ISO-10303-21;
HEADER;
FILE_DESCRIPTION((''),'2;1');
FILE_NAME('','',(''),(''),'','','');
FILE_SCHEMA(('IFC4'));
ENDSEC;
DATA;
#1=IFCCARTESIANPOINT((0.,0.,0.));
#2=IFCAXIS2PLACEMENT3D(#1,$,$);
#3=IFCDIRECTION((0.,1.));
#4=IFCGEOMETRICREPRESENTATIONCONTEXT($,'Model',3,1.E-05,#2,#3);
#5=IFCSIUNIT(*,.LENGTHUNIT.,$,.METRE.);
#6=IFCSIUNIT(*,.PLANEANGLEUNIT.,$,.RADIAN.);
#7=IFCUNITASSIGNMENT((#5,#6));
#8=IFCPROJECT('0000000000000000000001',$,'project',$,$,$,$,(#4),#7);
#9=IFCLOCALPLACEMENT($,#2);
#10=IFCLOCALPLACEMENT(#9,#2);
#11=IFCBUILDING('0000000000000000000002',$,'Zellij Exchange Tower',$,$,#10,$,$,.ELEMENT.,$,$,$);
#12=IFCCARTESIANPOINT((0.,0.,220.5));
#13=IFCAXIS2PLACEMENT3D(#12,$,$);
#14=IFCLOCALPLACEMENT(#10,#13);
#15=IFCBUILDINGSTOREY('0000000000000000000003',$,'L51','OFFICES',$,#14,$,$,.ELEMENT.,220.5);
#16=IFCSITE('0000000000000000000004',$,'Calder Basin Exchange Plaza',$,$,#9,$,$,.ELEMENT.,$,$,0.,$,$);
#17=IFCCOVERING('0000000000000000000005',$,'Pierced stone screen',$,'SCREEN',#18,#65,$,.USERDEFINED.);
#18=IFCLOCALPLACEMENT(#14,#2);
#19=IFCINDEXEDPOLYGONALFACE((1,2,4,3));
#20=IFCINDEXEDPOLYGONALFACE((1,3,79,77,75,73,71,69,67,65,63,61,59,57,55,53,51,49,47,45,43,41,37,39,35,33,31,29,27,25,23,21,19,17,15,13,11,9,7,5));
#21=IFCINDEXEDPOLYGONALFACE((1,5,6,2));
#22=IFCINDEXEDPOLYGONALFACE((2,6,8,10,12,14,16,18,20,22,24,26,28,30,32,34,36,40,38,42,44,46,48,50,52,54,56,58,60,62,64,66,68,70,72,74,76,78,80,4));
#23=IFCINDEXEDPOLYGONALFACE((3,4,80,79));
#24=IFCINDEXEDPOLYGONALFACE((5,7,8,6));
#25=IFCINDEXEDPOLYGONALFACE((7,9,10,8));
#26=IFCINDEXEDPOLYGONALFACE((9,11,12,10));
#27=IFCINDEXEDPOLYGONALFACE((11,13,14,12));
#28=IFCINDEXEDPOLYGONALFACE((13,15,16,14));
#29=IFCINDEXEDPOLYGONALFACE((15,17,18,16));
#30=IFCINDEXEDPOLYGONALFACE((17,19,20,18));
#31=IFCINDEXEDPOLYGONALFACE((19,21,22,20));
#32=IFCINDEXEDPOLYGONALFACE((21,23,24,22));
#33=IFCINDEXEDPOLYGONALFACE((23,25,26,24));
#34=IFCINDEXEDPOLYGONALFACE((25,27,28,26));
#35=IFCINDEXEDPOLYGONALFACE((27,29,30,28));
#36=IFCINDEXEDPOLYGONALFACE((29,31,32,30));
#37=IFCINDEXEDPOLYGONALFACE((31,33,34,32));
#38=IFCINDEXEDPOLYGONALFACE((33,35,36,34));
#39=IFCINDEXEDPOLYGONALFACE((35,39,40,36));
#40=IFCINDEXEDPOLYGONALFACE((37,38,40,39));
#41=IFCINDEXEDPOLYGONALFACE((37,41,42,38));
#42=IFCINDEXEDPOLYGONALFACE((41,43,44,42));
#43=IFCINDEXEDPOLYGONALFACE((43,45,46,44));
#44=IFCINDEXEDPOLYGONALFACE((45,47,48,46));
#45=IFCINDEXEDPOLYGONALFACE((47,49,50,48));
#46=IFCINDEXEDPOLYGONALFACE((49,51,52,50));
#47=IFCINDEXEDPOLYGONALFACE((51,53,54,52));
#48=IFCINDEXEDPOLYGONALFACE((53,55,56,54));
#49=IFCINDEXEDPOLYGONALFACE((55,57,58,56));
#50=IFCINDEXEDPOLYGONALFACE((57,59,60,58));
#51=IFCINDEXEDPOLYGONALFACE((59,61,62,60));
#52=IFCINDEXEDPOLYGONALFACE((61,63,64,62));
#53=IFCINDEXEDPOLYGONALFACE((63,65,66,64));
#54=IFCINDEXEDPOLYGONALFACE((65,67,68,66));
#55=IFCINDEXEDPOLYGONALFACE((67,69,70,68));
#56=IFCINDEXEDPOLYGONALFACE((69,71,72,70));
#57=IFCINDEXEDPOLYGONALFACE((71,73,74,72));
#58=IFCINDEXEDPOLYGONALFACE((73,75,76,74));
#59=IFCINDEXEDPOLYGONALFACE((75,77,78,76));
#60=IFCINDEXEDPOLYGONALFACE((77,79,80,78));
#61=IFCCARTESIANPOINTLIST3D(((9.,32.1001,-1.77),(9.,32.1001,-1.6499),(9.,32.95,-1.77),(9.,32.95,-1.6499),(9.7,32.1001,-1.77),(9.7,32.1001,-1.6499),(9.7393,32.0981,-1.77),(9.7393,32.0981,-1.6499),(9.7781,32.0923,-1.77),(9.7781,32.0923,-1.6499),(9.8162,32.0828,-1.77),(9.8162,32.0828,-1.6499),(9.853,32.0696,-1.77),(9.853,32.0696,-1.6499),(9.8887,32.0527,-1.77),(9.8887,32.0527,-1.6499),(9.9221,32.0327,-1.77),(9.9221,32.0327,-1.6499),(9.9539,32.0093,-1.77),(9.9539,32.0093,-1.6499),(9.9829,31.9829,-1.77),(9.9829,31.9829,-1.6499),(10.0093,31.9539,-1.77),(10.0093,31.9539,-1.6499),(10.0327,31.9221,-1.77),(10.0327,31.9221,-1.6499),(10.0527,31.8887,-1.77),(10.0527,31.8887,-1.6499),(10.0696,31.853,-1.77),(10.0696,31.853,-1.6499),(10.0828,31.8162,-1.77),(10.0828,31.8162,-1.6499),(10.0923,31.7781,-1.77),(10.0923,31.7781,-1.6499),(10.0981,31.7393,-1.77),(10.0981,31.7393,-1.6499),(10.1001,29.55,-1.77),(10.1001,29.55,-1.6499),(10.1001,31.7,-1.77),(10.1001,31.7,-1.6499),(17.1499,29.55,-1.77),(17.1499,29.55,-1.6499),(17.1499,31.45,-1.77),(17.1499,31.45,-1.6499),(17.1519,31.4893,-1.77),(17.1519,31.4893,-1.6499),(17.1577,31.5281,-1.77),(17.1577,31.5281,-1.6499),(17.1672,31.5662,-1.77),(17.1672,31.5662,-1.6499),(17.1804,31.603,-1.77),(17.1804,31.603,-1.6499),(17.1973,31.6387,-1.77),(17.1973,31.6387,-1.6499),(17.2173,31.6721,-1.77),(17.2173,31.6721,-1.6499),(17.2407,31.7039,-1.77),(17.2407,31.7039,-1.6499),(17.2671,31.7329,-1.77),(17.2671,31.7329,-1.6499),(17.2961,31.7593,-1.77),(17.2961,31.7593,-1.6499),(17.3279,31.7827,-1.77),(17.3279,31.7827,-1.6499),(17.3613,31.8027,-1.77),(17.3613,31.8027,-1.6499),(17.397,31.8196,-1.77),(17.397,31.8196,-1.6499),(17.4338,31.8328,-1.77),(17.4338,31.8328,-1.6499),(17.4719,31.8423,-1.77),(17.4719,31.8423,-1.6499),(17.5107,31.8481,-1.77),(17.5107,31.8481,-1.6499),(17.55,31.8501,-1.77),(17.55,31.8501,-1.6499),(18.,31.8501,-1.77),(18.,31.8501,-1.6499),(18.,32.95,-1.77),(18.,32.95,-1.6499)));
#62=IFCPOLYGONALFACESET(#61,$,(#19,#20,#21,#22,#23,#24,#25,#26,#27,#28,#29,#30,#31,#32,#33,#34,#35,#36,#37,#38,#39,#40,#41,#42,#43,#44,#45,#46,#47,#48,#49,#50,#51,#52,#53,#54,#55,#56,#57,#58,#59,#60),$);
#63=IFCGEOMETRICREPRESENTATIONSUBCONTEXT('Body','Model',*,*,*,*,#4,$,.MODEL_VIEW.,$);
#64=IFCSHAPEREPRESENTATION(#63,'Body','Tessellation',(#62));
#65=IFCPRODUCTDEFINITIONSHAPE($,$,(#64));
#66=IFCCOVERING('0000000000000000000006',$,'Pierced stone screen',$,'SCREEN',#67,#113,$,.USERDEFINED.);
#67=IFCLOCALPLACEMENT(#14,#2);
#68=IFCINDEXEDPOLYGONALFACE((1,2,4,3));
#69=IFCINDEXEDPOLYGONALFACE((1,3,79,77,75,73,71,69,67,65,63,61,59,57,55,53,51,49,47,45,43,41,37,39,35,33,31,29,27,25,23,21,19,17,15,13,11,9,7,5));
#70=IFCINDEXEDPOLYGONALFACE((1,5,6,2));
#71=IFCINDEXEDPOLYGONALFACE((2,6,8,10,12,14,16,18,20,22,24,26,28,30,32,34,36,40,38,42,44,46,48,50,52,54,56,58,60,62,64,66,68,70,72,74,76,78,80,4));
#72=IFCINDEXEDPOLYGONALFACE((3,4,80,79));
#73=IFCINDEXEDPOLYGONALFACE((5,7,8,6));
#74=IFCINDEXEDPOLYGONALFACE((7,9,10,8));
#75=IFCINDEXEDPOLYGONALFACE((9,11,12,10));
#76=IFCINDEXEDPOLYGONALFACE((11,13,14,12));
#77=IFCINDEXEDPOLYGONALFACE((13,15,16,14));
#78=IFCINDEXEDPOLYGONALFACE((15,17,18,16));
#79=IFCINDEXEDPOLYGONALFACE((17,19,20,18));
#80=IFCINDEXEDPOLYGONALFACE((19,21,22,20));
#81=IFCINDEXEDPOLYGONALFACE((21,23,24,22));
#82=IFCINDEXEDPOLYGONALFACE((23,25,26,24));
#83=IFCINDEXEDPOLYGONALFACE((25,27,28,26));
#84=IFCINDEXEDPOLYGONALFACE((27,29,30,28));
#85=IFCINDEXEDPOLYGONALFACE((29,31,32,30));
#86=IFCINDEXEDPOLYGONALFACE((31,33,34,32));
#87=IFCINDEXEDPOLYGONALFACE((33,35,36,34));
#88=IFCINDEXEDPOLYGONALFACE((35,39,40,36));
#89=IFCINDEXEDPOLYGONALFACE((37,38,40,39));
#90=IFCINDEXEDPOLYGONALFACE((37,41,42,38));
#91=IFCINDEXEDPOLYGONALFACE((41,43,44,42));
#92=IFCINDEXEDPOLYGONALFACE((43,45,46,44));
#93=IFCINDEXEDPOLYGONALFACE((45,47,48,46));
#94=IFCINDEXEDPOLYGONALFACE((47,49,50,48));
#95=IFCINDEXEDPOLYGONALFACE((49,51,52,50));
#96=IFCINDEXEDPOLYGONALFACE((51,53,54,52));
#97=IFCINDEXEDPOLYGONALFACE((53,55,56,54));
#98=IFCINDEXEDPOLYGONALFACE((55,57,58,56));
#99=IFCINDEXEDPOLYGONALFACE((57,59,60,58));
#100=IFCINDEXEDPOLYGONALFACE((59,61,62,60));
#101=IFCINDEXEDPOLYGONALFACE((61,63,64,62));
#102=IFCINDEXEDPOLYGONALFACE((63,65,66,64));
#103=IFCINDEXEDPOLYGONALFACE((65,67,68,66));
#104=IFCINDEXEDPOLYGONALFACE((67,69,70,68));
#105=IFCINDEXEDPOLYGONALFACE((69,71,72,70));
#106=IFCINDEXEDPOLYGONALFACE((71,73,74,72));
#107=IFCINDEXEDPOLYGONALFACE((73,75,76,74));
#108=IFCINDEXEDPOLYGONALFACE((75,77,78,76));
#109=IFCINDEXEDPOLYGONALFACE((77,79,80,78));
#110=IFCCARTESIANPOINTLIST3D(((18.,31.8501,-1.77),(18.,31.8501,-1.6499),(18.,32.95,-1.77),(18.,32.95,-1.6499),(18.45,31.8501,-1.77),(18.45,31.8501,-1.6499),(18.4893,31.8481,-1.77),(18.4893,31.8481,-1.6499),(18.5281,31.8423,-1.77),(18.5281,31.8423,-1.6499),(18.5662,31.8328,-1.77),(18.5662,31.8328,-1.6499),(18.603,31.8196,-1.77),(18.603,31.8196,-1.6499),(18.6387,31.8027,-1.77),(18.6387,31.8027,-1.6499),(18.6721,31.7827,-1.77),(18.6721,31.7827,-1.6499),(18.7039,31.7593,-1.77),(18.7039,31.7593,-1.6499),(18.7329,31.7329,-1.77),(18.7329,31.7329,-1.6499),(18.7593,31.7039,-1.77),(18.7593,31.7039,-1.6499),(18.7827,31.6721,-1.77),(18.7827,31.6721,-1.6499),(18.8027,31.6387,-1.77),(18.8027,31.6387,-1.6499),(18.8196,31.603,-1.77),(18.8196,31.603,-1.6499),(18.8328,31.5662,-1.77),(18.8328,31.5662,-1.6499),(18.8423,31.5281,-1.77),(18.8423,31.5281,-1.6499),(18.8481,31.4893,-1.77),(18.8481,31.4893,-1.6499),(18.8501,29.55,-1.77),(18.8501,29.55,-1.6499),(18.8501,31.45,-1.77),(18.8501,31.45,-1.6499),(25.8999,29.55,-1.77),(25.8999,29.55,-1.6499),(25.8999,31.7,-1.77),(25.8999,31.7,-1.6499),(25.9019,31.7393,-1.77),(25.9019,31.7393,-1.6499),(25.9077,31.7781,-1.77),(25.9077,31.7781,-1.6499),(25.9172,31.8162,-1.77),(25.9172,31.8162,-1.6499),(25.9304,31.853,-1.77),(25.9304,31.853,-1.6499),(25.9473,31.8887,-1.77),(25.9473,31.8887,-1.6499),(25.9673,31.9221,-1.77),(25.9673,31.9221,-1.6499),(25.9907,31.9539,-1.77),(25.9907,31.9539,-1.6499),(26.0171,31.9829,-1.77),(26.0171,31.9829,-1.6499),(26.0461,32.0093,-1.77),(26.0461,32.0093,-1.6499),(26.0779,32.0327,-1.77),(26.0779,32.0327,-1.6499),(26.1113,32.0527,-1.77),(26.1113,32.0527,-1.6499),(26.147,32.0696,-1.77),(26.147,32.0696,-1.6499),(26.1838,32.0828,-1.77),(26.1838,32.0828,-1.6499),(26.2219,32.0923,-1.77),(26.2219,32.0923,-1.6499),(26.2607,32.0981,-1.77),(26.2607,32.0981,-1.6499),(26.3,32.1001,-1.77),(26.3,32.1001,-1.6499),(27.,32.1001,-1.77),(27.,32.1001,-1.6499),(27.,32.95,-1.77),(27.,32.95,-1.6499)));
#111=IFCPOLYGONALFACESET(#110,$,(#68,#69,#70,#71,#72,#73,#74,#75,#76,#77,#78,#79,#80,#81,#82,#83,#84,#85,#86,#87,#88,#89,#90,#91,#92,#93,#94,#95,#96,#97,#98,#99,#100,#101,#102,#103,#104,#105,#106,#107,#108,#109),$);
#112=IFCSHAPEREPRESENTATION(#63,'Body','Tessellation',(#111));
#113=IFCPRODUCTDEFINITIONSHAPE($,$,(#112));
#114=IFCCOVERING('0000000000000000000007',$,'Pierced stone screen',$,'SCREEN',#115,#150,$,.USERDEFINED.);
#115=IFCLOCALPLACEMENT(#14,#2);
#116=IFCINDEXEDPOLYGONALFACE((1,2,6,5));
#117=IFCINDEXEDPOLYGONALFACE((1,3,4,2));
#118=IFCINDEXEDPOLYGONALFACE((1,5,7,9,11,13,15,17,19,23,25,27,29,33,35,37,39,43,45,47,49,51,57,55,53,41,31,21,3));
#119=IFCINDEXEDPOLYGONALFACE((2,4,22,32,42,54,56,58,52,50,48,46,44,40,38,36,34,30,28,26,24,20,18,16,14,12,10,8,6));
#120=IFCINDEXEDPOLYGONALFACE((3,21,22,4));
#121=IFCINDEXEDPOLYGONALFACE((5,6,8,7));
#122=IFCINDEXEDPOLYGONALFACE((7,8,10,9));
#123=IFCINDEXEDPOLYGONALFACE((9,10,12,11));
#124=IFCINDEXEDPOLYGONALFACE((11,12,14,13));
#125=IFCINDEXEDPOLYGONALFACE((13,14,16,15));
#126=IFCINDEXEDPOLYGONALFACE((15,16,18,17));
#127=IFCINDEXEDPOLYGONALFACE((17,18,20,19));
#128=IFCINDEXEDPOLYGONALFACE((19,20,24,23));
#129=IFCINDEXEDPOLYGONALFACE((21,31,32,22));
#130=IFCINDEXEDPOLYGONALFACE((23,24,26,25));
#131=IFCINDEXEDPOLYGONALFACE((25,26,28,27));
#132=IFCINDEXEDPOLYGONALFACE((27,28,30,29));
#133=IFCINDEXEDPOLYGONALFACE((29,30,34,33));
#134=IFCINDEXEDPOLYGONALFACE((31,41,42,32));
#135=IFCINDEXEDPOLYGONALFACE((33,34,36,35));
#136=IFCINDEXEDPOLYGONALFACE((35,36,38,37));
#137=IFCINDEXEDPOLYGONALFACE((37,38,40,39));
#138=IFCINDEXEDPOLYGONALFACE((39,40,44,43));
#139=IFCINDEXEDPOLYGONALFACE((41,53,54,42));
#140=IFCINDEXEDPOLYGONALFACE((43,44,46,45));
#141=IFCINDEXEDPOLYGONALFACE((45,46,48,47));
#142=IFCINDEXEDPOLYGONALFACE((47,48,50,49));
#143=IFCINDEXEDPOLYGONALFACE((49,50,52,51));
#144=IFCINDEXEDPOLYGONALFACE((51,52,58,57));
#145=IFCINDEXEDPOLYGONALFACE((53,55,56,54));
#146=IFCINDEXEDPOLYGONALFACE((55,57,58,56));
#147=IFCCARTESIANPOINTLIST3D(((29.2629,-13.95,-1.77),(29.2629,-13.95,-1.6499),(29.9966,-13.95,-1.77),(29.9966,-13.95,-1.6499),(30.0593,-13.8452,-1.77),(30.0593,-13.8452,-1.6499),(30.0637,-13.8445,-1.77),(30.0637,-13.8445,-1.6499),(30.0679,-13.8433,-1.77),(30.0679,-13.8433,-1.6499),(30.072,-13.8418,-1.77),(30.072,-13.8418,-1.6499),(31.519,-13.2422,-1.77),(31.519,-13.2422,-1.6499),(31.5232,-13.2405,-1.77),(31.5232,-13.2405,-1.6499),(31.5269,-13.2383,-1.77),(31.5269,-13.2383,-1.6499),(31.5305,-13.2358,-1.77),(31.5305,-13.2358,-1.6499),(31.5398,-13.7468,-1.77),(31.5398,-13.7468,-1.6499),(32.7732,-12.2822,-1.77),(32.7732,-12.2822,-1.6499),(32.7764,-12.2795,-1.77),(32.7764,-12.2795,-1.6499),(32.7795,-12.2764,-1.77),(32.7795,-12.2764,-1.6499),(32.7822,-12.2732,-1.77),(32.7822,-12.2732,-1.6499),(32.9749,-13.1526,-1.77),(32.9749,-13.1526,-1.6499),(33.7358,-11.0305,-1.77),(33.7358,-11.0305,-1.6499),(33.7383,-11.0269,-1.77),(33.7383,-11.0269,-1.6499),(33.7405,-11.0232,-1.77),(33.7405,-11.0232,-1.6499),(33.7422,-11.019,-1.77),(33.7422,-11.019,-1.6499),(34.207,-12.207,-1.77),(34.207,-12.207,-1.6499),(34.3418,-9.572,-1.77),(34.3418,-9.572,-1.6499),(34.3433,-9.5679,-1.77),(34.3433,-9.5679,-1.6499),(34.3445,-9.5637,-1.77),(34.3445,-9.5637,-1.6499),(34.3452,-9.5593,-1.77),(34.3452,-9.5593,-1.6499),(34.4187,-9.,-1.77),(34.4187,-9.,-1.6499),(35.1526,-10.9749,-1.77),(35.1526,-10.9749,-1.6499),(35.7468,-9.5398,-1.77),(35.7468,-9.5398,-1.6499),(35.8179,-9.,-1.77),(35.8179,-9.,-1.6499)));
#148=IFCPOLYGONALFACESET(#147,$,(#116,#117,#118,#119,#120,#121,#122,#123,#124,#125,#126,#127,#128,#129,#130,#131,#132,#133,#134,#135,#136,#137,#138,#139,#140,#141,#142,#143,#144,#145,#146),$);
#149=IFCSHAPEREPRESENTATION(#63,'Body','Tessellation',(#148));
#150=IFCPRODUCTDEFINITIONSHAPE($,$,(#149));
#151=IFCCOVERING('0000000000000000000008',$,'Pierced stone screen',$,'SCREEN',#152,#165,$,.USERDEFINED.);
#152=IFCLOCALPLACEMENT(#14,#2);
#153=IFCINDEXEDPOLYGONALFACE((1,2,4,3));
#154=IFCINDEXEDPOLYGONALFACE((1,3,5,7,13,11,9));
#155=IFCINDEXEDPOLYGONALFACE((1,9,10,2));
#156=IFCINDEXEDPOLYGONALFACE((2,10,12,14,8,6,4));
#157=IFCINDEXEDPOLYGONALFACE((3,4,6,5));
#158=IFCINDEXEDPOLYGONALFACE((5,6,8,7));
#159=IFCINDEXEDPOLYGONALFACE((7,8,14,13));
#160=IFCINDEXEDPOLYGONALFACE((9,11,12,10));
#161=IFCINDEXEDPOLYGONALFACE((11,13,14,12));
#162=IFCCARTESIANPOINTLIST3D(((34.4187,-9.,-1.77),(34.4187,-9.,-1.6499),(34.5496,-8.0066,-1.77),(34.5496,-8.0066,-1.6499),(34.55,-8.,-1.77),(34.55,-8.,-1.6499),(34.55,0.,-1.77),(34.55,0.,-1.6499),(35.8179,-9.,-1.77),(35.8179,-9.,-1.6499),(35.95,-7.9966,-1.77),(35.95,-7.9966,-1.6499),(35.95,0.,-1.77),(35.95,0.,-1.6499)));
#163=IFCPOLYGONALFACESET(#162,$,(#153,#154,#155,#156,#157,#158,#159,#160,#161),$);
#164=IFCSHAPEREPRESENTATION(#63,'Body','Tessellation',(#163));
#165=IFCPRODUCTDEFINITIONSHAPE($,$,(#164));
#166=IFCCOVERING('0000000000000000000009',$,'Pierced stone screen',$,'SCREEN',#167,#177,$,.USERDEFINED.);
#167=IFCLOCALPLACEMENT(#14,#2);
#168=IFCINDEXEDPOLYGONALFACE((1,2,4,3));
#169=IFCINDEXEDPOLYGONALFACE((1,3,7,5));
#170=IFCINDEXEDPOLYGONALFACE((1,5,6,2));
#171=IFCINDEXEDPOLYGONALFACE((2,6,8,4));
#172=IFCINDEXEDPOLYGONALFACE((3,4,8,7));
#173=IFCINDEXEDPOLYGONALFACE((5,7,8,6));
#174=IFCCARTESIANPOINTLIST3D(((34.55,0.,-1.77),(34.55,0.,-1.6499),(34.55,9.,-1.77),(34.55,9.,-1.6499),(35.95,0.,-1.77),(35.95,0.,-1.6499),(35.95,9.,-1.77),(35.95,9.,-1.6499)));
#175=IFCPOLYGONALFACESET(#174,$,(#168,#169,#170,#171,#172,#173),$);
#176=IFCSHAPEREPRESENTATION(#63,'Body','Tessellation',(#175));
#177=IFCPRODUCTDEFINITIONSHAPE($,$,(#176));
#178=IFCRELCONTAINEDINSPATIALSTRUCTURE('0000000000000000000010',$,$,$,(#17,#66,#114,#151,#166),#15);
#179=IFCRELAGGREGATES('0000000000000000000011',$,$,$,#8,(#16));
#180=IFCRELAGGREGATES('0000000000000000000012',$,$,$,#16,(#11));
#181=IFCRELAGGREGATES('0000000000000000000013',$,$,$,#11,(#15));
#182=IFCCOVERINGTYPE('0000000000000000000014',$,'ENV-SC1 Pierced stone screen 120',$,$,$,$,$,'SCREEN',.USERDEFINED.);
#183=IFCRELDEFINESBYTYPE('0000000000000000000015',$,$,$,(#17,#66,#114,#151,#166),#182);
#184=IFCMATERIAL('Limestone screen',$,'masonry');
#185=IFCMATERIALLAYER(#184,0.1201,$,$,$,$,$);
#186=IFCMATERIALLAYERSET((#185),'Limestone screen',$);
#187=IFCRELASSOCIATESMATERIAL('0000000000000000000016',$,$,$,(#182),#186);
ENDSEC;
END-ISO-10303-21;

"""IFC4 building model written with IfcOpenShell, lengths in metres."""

from ifc_helpers import new_model, si_unit, direction, frame, origin, place, context, subcontext, project, spatial, polyline, outline, extrude, material, layer, layer_set, type_object, element, save


model = new_model("IFC4")

# Units and contexts
model_context = context("Model", 3, precision=1e-05, world=origin(), true_north=direction((0.0, 1.0)))
body_context = subcontext(model_context, "Body", "Model", "MODEL_VIEW")
ifc_project = project(units=[si_unit("LENGTHUNIT", "METRE"), si_unit("PLANEANGLEUNIT", "RADIAN")], contexts=[model_context])

# Site, building, storey
site_placement = place(None, origin())
site = spatial("IfcSite", under=ifc_project, at=site_placement, Name="Calder Basin Exchange Plaza", CompositionType="ELEMENT", RefElevation=0.0)
building_placement = place(site_placement, origin())
building = spatial("IfcBuilding", under=site, at=building_placement, Name="Zellij Exchange Tower", CompositionType="ELEMENT")
storey_placement = place(building_placement, frame((0.0, 0.0, 220.5)))
storey = spatial("IfcBuildingStorey", under=building, at=storey_placement, Name="L51", Description="OFFICES", CompositionType="ELEMENT", Elevation=220.5)

# Coverings
ifc_material_1 = material(Name="Limestone screen", Category="masonry")
ifc_layer_1 = layer(ifc_material_1, 0.1201)
ifc_layer_set_1 = layer_set([ifc_layer_1], Name="Limestone screen")
covering_type = type_object("IfcCoveringType", Name="ENV-SC1 Pierced stone screen 120", ElementType="SCREEN", PredefinedType="USERDEFINED", material=ifc_layer_set_1)
covering_1_placement = place(storey_placement, frame((0.0, 0.0, -1.77)))
element("IfcCovering", 1, at=covering_1_placement, inside=storey, type_object=covering_type, Name="Pierced stone screen", ObjectType="SCREEN", PredefinedType="USERDEFINED", context=body_context, shape_type="SweptSolid", body=[
    extrude(outline(polyline([(18.0, 32.95), (18.0, 31.8501), (17.55, 31.8501), (17.5107, 31.8481), (17.4719, 31.8423), (17.4338, 31.8328), (17.397, 31.8196), (17.3613, 31.8027), (17.3279, 31.7827), (17.2961, 31.7593), (17.2671, 31.7329), (17.2407, 31.7039), (17.2173, 31.6721), (17.1973, 31.6387), (17.1804, 31.603), (17.1672, 31.5662), (17.1577, 31.5281), (17.1519, 31.4893), (17.1499, 31.45), (17.1499, 29.55), (10.1001, 29.55), (10.1001, 31.7), (10.0981, 31.7393), (10.0923, 31.7781), (10.0828, 31.8162), (10.0696, 31.853), (10.0527, 31.8887), (10.0327, 31.9221), (10.0093, 31.9539), (9.9829, 31.9829), (9.9539, 32.0093), (9.9221, 32.0327), (9.8887, 32.0527), (9.853, 32.0696), (9.8162, 32.0828), (9.7781, 32.0923), (9.7393, 32.0981), (9.7, 32.1001), (9.0, 32.1001), (9.0, 32.95), (18.0, 32.95)])), origin(), (0.0, 0.0, 1.0), 0.1201),
])
covering_2_placement = place(storey_placement, frame((0.0, 0.0, -1.77)))
element("IfcCovering", 2, at=covering_2_placement, inside=storey, type_object=covering_type, Name="Pierced stone screen", ObjectType="SCREEN", PredefinedType="USERDEFINED", context=body_context, shape_type="SweptSolid", body=[
    extrude(outline(polyline([(27.0, 32.95), (27.0, 32.1001), (26.3, 32.1001), (26.2607, 32.0981), (26.2219, 32.0923), (26.1838, 32.0828), (26.147, 32.0696), (26.1113, 32.0527), (26.0779, 32.0327), (26.0461, 32.0093), (26.0171, 31.9829), (25.9907, 31.9539), (25.9673, 31.9221), (25.9473, 31.8887), (25.9304, 31.853), (25.9172, 31.8162), (25.9077, 31.7781), (25.9019, 31.7393), (25.8999, 31.7), (25.8999, 29.55), (18.8501, 29.55), (18.8501, 31.45), (18.8481, 31.4893), (18.8423, 31.5281), (18.8328, 31.5662), (18.8196, 31.603), (18.8027, 31.6387), (18.7827, 31.6721), (18.7593, 31.7039), (18.7329, 31.7329), (18.7039, 31.7593), (18.6721, 31.7827), (18.6387, 31.8027), (18.603, 31.8196), (18.5662, 31.8328), (18.5281, 31.8423), (18.4893, 31.8481), (18.45, 31.8501), (18.0, 31.8501), (18.0, 32.95), (27.0, 32.95)])), origin(), (0.0, 0.0, 1.0), 0.1201),
])
covering_3_placement = place(storey_placement, frame((0.0, 0.0, -1.77)))
element("IfcCovering", 3, at=covering_3_placement, inside=storey, type_object=covering_type, Name="Pierced stone screen", ObjectType="SCREEN", PredefinedType="USERDEFINED", context=body_context, shape_type="SweptSolid", body=[
    extrude(outline(polyline([(35.7468, -9.5398), (35.1526, -10.9749), (34.207, -12.207), (32.9749, -13.1526), (31.5398, -13.7468), (29.9966, -13.95), (29.2629, -13.95), (30.0593, -13.8452), (30.0637, -13.8445), (30.0679, -13.8433), (30.072, -13.8418), (31.519, -13.2422), (31.5232, -13.2405), (31.5269, -13.2383), (31.5305, -13.2358), (32.7732, -12.2822), (32.7764, -12.2795), (32.7795, -12.2764), (32.7822, -12.2732), (33.7358, -11.0305), (33.7383, -11.0269), (33.7405, -11.0232), (33.7422, -11.019), (34.3418, -9.572), (34.3433, -9.5679), (34.3445, -9.5637), (34.3452, -9.5593), (34.4187, -9.0), (35.8179, -9.0), (35.7468, -9.5398)])), origin(), (0.0, 0.0, 1.0), 0.1201),
])
covering_4_placement = place(storey_placement, frame((0.0, 0.0, -1.77)))
element("IfcCovering", 4, at=covering_4_placement, inside=storey, type_object=covering_type, Name="Pierced stone screen", ObjectType="SCREEN", PredefinedType="USERDEFINED", context=body_context, shape_type="SweptSolid", body=[
    extrude(outline(polyline([(35.95, -7.9966), (35.8179, -9.0), (34.4187, -9.0), (34.5496, -8.0066), (34.55, -8.0), (34.55, 0.0), (35.95, 0.0), (35.95, -7.9966)])), origin(), (0.0, 0.0, 1.0), 0.1201),
])
covering_5_placement = place(storey_placement, frame((0.0, 0.0, -1.77)))
element("IfcCovering", 5, at=covering_5_placement, inside=storey, type_object=covering_type, Name="Pierced stone screen", ObjectType="SCREEN", PredefinedType="USERDEFINED", context=body_context, shape_type="SweptSolid", body=[
    extrude(outline(polyline([(35.95, 0.0), (34.55, 0.0), (34.55, 9.0), (35.95, 9.0), (35.95, 0.0)])), origin(), (0.0, 0.0, 1.0), 0.1201),
])

save(model, "model.ifc")
